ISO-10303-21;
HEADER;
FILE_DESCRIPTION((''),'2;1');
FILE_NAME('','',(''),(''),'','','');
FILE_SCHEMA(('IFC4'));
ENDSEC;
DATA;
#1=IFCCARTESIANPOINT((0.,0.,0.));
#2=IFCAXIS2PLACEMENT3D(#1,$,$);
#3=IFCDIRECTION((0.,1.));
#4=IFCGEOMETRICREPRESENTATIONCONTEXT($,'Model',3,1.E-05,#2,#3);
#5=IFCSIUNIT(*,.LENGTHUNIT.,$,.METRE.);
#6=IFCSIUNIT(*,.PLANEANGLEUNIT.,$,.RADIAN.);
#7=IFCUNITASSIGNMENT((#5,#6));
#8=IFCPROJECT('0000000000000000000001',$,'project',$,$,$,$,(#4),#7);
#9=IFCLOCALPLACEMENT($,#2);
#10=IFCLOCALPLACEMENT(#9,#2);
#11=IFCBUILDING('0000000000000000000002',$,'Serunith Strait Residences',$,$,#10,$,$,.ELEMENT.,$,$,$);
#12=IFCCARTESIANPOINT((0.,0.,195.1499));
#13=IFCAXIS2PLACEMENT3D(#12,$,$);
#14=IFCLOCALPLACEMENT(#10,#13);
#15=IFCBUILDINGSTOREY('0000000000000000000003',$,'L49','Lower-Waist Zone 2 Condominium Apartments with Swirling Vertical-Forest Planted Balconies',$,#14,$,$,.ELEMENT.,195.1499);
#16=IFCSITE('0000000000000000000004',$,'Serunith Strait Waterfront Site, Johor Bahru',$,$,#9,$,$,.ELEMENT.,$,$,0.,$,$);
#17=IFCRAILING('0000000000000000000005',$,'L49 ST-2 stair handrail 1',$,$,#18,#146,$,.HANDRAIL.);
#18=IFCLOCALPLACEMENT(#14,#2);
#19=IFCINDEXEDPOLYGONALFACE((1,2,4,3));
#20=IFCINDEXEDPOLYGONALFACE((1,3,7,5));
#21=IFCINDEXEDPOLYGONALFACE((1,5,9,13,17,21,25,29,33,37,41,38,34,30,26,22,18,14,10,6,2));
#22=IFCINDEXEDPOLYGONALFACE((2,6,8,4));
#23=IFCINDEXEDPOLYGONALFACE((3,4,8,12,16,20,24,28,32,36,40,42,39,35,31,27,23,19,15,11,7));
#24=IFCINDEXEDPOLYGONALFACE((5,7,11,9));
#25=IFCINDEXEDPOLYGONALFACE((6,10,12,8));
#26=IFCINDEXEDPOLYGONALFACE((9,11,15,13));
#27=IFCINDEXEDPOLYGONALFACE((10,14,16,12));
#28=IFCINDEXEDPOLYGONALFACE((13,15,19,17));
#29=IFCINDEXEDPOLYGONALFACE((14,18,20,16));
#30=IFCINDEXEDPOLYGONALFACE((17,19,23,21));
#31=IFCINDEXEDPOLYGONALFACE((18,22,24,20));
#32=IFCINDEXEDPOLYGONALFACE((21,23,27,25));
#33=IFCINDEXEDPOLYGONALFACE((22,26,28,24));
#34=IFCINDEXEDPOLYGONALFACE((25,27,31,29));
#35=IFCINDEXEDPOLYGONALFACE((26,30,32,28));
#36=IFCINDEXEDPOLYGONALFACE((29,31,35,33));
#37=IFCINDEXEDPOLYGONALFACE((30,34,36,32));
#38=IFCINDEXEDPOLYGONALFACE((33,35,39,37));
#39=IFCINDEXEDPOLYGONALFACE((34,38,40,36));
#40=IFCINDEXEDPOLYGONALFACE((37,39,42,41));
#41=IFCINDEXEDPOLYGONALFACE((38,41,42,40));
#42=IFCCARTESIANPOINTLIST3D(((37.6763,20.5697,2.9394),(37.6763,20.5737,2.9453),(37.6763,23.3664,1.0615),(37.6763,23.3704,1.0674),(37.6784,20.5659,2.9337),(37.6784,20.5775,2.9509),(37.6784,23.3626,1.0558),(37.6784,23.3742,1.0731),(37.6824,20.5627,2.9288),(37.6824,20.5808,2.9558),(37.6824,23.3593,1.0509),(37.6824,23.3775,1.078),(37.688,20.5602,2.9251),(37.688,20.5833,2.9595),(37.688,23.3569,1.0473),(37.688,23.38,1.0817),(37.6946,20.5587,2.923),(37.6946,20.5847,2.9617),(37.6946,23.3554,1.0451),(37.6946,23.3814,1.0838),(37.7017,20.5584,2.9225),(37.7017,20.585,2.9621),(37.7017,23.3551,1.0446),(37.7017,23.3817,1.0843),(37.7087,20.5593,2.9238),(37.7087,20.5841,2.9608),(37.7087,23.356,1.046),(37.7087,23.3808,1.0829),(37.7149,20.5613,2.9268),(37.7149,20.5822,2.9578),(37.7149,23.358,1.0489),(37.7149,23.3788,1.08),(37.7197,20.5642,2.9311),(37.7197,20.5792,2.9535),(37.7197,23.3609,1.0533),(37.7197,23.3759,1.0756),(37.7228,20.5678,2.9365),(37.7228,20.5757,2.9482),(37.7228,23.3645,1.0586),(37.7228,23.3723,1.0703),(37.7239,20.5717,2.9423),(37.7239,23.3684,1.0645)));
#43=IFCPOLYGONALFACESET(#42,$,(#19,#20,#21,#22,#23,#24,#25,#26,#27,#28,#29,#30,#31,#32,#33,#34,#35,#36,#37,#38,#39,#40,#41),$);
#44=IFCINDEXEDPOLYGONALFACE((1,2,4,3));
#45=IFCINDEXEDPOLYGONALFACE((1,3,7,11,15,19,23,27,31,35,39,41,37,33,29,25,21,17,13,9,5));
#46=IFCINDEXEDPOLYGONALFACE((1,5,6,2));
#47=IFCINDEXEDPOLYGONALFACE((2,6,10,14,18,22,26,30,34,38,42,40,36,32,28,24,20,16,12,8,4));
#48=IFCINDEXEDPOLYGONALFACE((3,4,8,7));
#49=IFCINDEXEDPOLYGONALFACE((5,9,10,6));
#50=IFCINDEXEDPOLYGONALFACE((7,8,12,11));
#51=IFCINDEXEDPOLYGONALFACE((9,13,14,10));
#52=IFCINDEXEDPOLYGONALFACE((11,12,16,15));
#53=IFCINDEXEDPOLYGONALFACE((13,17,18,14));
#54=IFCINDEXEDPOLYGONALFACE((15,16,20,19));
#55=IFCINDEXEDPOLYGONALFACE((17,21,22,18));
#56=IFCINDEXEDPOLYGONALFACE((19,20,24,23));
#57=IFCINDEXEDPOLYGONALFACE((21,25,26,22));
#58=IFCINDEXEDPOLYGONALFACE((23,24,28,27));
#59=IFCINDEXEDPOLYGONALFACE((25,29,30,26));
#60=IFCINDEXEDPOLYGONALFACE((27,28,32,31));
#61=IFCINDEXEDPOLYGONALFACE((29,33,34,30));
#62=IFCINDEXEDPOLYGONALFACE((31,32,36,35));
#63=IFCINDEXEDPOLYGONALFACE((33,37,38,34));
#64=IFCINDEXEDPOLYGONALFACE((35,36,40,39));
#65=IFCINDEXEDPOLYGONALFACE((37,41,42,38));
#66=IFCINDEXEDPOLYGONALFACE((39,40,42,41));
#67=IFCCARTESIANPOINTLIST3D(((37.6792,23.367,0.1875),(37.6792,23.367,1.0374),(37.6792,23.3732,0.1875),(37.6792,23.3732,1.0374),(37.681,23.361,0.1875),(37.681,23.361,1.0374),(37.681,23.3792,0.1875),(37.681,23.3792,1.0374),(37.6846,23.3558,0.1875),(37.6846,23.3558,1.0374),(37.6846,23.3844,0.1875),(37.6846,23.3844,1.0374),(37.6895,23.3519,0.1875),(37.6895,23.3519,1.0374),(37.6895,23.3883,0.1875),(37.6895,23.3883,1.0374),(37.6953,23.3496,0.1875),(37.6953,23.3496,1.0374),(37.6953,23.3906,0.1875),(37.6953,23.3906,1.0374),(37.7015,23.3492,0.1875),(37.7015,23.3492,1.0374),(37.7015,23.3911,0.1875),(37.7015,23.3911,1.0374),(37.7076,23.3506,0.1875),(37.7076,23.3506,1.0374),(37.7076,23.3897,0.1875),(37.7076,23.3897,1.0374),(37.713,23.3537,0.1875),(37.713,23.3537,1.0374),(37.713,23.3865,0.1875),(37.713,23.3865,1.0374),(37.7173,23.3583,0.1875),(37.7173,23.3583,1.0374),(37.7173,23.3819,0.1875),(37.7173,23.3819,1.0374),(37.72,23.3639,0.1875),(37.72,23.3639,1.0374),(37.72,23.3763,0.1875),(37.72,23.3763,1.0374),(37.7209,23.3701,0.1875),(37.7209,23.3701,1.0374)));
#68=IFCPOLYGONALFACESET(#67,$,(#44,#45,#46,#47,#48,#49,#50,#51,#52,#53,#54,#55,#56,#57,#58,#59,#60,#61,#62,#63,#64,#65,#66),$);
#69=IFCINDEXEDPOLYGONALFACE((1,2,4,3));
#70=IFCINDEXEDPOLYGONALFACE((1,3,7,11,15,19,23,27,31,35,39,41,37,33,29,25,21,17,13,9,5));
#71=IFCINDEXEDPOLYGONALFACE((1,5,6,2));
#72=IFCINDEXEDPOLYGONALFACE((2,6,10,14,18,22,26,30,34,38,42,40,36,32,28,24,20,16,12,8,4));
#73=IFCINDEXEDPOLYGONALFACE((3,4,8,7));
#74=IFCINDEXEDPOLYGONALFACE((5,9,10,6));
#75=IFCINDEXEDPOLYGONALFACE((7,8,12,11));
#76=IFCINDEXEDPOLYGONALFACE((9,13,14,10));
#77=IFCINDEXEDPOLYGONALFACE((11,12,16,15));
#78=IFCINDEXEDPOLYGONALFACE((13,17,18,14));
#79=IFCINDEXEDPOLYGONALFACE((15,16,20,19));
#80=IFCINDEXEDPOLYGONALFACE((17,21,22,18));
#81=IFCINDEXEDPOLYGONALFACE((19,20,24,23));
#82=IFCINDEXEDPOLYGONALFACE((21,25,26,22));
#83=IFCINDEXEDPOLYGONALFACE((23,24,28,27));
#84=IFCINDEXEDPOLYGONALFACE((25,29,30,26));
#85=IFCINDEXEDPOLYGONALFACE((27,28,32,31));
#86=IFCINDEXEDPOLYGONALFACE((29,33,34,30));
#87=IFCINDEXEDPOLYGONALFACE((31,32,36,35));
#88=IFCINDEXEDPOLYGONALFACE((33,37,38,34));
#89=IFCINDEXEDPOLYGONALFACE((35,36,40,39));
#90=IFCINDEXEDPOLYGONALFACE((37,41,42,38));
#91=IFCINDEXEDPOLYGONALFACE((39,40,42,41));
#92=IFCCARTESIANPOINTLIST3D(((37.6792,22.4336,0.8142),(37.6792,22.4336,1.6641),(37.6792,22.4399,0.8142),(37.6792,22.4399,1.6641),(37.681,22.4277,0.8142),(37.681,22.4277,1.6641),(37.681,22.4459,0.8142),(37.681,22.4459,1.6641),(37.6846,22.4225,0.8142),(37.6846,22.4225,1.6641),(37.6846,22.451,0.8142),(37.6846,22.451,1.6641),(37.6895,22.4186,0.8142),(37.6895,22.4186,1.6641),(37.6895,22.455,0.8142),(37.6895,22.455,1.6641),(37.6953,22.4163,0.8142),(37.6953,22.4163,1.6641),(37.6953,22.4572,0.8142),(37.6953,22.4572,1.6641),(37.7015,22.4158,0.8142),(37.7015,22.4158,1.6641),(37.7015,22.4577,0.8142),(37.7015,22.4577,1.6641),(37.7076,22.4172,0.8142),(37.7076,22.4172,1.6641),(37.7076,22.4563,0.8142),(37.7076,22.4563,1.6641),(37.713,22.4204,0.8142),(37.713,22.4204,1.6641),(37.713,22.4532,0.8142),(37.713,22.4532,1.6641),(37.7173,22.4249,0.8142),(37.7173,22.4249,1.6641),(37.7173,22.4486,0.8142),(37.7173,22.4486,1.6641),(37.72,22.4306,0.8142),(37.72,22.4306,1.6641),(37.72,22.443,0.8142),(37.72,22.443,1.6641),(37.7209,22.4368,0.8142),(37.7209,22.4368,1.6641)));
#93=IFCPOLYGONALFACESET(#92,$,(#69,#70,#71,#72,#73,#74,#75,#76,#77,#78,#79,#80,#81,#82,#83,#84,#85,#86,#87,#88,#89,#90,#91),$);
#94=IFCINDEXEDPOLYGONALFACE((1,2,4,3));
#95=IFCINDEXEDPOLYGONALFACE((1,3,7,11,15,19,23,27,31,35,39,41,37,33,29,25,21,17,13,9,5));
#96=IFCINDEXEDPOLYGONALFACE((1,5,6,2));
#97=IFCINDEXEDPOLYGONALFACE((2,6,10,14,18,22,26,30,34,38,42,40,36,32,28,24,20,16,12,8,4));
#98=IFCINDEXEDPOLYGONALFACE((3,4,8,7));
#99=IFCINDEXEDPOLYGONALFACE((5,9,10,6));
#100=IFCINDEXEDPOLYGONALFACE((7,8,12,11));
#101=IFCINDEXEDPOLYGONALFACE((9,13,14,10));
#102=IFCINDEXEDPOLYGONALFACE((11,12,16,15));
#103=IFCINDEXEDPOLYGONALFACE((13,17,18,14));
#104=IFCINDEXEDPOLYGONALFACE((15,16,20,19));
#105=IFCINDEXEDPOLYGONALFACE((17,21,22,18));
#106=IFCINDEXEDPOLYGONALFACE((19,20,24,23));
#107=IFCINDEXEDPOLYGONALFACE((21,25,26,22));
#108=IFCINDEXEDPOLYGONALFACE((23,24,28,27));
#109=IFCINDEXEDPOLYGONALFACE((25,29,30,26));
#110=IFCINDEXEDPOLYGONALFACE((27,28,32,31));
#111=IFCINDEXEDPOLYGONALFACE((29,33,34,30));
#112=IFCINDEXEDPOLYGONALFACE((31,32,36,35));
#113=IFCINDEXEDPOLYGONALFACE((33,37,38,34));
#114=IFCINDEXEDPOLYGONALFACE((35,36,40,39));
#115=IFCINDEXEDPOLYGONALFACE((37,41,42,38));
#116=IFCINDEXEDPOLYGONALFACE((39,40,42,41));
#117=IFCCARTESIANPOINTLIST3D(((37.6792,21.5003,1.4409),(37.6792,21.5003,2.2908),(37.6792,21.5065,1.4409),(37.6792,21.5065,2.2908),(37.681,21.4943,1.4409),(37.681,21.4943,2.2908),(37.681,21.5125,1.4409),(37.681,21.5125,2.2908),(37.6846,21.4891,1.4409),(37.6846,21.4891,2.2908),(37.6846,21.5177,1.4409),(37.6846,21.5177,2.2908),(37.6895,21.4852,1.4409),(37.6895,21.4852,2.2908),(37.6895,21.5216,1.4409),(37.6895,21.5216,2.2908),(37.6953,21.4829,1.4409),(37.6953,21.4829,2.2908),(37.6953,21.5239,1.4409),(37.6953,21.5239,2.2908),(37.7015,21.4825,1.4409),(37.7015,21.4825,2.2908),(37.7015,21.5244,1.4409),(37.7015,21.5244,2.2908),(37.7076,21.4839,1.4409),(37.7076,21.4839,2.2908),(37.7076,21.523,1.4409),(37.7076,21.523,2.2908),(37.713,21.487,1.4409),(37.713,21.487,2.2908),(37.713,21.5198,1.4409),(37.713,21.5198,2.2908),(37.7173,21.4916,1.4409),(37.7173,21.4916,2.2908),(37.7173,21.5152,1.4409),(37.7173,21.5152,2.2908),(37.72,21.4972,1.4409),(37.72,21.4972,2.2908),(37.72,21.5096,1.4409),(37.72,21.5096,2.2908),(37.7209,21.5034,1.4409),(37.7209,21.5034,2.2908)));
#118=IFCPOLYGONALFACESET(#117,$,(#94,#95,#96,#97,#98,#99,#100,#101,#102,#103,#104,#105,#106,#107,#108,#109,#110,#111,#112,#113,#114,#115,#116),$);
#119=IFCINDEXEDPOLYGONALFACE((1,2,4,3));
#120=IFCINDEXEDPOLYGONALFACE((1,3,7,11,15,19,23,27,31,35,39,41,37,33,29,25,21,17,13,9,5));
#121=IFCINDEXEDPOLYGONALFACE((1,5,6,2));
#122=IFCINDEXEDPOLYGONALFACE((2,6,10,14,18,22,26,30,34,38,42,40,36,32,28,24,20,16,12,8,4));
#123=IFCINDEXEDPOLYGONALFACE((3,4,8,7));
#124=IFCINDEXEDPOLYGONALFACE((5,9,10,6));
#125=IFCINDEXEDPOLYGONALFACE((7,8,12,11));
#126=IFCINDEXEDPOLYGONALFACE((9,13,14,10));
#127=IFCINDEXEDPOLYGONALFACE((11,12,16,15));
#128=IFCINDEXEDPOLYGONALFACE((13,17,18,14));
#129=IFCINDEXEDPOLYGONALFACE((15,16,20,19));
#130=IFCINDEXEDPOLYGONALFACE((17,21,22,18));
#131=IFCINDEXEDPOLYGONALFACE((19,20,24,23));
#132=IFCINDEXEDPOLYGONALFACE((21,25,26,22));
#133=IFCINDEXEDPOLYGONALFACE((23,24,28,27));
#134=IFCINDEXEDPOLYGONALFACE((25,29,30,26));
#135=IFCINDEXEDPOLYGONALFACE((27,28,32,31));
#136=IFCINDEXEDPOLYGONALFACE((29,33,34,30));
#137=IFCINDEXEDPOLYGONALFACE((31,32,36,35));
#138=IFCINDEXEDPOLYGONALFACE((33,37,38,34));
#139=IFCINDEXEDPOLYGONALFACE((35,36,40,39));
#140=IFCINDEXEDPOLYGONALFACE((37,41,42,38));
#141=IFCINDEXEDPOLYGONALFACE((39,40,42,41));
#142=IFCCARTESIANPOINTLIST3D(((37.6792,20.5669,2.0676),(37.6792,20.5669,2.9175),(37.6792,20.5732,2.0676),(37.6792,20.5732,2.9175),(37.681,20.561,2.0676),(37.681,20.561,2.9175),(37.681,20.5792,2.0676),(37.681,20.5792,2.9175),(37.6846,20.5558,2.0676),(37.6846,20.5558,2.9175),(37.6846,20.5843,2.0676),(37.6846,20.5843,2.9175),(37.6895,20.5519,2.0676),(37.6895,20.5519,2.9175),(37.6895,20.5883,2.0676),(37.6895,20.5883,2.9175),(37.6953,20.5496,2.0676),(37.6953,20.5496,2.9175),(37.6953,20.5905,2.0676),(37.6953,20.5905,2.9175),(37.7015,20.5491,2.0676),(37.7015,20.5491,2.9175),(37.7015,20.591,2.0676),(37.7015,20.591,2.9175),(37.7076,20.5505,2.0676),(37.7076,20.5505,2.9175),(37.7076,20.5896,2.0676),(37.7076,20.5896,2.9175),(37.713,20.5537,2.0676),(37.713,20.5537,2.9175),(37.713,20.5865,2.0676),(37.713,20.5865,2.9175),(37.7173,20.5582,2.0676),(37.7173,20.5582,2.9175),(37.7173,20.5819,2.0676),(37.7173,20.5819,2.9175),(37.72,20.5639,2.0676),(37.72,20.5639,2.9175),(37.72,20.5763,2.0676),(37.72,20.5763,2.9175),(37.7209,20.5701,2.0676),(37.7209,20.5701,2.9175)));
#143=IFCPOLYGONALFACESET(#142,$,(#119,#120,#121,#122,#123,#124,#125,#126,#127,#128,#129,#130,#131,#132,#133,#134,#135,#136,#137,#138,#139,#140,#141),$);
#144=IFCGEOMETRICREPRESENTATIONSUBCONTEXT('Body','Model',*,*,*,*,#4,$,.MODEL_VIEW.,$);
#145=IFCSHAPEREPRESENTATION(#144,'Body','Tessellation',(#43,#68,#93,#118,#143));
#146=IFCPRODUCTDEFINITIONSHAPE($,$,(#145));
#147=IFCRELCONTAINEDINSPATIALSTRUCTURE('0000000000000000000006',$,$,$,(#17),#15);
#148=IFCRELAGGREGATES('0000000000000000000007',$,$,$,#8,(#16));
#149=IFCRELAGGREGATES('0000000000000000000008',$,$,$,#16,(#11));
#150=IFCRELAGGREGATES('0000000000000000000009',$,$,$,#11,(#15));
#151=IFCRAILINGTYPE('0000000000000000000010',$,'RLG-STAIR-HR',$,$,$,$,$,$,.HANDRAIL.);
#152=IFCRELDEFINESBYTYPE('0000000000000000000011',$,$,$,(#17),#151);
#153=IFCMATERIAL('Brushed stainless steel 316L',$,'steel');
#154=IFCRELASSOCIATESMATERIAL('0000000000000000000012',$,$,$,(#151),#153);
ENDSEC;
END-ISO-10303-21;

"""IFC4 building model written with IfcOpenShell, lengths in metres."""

from ifc_helpers import new_model, si_unit, direction, frame, origin, origin_2d, place, context, subcontext, project, spatial, circle, extrude, material, type_object, element, save


model = new_model("IFC4")

# Units and contexts
model_context = context("Model", 3, precision=1e-05, world=origin(), true_north=direction((0.0, 1.0)))
body_context = subcontext(model_context, "Body", "Model", "MODEL_VIEW")
ifc_project = project(units=[si_unit("LENGTHUNIT", "METRE"), si_unit("PLANEANGLEUNIT", "RADIAN")], contexts=[model_context])

# Site, building, storey
site_placement = place(None, origin())
site = spatial("IfcSite", under=ifc_project, at=site_placement, Name="Serunith Strait Waterfront Site, Johor Bahru", CompositionType="ELEMENT", RefElevation=0.0)
building_placement = place(site_placement, origin())
building = spatial("IfcBuilding", under=site, at=building_placement, Name="Serunith Strait Residences", CompositionType="ELEMENT")
storey_placement = place(building_placement, frame((0.0, 0.0, 195.1499)))
storey = spatial("IfcBuildingStorey", under=building, at=storey_placement, Name="L49", Description="Lower-Waist Zone 2 Condominium Apartments with Swirling Vertical-Forest Planted Balconies", CompositionType="ELEMENT", Elevation=195.1499)

# Railing
ifc_material_1 = material(Name="Brushed stainless steel 316L", Category="steel")
railing_type_1 = type_object("IfcRailingType", Name="RLG-STAIR-HR", PredefinedType="HANDRAIL", material=ifc_material_1)
railing_1_placement = place(storey_placement, frame((37.7, 23.3701, 0.1875)))
element("IfcRailing", 1, at=railing_1_placement, inside=storey, type_object=railing_type_1, Name="L49 ST-2 stair handrail 1", PredefinedType="HANDRAIL", context=body_context, shape_type="SweptSolid", body=[
    extrude(circle(Radius=0.0239, at=origin_2d()), frame((0.0, -0.0017, 0.877), z_axis=(0.0, -0.830208, 0.557453), x_axis=(1.0, 0.0, 0.0)), (0.0, 0.0, 1.0), 3.3687),
    extrude(circle(Radius=0.021, at=origin_2d()), origin(), (0.0, 0.0, 1.0), 0.8499),
    extrude(circle(Radius=0.021, at=origin_2d()), frame((0.0, -0.9333, 0.6267)), (0.0, 0.0, 1.0), 0.8499),
    extrude(circle(Radius=0.021, at=origin_2d()), frame((0.0, -1.8667, 1.2534)), (0.0, 0.0, 1.0), 0.8499),
    extrude(circle(Radius=0.021, at=origin_2d()), frame((0.0, -2.8, 1.8801)), (0.0, 0.0, 1.0), 0.8499),
])

save(model, "model.ifc")
